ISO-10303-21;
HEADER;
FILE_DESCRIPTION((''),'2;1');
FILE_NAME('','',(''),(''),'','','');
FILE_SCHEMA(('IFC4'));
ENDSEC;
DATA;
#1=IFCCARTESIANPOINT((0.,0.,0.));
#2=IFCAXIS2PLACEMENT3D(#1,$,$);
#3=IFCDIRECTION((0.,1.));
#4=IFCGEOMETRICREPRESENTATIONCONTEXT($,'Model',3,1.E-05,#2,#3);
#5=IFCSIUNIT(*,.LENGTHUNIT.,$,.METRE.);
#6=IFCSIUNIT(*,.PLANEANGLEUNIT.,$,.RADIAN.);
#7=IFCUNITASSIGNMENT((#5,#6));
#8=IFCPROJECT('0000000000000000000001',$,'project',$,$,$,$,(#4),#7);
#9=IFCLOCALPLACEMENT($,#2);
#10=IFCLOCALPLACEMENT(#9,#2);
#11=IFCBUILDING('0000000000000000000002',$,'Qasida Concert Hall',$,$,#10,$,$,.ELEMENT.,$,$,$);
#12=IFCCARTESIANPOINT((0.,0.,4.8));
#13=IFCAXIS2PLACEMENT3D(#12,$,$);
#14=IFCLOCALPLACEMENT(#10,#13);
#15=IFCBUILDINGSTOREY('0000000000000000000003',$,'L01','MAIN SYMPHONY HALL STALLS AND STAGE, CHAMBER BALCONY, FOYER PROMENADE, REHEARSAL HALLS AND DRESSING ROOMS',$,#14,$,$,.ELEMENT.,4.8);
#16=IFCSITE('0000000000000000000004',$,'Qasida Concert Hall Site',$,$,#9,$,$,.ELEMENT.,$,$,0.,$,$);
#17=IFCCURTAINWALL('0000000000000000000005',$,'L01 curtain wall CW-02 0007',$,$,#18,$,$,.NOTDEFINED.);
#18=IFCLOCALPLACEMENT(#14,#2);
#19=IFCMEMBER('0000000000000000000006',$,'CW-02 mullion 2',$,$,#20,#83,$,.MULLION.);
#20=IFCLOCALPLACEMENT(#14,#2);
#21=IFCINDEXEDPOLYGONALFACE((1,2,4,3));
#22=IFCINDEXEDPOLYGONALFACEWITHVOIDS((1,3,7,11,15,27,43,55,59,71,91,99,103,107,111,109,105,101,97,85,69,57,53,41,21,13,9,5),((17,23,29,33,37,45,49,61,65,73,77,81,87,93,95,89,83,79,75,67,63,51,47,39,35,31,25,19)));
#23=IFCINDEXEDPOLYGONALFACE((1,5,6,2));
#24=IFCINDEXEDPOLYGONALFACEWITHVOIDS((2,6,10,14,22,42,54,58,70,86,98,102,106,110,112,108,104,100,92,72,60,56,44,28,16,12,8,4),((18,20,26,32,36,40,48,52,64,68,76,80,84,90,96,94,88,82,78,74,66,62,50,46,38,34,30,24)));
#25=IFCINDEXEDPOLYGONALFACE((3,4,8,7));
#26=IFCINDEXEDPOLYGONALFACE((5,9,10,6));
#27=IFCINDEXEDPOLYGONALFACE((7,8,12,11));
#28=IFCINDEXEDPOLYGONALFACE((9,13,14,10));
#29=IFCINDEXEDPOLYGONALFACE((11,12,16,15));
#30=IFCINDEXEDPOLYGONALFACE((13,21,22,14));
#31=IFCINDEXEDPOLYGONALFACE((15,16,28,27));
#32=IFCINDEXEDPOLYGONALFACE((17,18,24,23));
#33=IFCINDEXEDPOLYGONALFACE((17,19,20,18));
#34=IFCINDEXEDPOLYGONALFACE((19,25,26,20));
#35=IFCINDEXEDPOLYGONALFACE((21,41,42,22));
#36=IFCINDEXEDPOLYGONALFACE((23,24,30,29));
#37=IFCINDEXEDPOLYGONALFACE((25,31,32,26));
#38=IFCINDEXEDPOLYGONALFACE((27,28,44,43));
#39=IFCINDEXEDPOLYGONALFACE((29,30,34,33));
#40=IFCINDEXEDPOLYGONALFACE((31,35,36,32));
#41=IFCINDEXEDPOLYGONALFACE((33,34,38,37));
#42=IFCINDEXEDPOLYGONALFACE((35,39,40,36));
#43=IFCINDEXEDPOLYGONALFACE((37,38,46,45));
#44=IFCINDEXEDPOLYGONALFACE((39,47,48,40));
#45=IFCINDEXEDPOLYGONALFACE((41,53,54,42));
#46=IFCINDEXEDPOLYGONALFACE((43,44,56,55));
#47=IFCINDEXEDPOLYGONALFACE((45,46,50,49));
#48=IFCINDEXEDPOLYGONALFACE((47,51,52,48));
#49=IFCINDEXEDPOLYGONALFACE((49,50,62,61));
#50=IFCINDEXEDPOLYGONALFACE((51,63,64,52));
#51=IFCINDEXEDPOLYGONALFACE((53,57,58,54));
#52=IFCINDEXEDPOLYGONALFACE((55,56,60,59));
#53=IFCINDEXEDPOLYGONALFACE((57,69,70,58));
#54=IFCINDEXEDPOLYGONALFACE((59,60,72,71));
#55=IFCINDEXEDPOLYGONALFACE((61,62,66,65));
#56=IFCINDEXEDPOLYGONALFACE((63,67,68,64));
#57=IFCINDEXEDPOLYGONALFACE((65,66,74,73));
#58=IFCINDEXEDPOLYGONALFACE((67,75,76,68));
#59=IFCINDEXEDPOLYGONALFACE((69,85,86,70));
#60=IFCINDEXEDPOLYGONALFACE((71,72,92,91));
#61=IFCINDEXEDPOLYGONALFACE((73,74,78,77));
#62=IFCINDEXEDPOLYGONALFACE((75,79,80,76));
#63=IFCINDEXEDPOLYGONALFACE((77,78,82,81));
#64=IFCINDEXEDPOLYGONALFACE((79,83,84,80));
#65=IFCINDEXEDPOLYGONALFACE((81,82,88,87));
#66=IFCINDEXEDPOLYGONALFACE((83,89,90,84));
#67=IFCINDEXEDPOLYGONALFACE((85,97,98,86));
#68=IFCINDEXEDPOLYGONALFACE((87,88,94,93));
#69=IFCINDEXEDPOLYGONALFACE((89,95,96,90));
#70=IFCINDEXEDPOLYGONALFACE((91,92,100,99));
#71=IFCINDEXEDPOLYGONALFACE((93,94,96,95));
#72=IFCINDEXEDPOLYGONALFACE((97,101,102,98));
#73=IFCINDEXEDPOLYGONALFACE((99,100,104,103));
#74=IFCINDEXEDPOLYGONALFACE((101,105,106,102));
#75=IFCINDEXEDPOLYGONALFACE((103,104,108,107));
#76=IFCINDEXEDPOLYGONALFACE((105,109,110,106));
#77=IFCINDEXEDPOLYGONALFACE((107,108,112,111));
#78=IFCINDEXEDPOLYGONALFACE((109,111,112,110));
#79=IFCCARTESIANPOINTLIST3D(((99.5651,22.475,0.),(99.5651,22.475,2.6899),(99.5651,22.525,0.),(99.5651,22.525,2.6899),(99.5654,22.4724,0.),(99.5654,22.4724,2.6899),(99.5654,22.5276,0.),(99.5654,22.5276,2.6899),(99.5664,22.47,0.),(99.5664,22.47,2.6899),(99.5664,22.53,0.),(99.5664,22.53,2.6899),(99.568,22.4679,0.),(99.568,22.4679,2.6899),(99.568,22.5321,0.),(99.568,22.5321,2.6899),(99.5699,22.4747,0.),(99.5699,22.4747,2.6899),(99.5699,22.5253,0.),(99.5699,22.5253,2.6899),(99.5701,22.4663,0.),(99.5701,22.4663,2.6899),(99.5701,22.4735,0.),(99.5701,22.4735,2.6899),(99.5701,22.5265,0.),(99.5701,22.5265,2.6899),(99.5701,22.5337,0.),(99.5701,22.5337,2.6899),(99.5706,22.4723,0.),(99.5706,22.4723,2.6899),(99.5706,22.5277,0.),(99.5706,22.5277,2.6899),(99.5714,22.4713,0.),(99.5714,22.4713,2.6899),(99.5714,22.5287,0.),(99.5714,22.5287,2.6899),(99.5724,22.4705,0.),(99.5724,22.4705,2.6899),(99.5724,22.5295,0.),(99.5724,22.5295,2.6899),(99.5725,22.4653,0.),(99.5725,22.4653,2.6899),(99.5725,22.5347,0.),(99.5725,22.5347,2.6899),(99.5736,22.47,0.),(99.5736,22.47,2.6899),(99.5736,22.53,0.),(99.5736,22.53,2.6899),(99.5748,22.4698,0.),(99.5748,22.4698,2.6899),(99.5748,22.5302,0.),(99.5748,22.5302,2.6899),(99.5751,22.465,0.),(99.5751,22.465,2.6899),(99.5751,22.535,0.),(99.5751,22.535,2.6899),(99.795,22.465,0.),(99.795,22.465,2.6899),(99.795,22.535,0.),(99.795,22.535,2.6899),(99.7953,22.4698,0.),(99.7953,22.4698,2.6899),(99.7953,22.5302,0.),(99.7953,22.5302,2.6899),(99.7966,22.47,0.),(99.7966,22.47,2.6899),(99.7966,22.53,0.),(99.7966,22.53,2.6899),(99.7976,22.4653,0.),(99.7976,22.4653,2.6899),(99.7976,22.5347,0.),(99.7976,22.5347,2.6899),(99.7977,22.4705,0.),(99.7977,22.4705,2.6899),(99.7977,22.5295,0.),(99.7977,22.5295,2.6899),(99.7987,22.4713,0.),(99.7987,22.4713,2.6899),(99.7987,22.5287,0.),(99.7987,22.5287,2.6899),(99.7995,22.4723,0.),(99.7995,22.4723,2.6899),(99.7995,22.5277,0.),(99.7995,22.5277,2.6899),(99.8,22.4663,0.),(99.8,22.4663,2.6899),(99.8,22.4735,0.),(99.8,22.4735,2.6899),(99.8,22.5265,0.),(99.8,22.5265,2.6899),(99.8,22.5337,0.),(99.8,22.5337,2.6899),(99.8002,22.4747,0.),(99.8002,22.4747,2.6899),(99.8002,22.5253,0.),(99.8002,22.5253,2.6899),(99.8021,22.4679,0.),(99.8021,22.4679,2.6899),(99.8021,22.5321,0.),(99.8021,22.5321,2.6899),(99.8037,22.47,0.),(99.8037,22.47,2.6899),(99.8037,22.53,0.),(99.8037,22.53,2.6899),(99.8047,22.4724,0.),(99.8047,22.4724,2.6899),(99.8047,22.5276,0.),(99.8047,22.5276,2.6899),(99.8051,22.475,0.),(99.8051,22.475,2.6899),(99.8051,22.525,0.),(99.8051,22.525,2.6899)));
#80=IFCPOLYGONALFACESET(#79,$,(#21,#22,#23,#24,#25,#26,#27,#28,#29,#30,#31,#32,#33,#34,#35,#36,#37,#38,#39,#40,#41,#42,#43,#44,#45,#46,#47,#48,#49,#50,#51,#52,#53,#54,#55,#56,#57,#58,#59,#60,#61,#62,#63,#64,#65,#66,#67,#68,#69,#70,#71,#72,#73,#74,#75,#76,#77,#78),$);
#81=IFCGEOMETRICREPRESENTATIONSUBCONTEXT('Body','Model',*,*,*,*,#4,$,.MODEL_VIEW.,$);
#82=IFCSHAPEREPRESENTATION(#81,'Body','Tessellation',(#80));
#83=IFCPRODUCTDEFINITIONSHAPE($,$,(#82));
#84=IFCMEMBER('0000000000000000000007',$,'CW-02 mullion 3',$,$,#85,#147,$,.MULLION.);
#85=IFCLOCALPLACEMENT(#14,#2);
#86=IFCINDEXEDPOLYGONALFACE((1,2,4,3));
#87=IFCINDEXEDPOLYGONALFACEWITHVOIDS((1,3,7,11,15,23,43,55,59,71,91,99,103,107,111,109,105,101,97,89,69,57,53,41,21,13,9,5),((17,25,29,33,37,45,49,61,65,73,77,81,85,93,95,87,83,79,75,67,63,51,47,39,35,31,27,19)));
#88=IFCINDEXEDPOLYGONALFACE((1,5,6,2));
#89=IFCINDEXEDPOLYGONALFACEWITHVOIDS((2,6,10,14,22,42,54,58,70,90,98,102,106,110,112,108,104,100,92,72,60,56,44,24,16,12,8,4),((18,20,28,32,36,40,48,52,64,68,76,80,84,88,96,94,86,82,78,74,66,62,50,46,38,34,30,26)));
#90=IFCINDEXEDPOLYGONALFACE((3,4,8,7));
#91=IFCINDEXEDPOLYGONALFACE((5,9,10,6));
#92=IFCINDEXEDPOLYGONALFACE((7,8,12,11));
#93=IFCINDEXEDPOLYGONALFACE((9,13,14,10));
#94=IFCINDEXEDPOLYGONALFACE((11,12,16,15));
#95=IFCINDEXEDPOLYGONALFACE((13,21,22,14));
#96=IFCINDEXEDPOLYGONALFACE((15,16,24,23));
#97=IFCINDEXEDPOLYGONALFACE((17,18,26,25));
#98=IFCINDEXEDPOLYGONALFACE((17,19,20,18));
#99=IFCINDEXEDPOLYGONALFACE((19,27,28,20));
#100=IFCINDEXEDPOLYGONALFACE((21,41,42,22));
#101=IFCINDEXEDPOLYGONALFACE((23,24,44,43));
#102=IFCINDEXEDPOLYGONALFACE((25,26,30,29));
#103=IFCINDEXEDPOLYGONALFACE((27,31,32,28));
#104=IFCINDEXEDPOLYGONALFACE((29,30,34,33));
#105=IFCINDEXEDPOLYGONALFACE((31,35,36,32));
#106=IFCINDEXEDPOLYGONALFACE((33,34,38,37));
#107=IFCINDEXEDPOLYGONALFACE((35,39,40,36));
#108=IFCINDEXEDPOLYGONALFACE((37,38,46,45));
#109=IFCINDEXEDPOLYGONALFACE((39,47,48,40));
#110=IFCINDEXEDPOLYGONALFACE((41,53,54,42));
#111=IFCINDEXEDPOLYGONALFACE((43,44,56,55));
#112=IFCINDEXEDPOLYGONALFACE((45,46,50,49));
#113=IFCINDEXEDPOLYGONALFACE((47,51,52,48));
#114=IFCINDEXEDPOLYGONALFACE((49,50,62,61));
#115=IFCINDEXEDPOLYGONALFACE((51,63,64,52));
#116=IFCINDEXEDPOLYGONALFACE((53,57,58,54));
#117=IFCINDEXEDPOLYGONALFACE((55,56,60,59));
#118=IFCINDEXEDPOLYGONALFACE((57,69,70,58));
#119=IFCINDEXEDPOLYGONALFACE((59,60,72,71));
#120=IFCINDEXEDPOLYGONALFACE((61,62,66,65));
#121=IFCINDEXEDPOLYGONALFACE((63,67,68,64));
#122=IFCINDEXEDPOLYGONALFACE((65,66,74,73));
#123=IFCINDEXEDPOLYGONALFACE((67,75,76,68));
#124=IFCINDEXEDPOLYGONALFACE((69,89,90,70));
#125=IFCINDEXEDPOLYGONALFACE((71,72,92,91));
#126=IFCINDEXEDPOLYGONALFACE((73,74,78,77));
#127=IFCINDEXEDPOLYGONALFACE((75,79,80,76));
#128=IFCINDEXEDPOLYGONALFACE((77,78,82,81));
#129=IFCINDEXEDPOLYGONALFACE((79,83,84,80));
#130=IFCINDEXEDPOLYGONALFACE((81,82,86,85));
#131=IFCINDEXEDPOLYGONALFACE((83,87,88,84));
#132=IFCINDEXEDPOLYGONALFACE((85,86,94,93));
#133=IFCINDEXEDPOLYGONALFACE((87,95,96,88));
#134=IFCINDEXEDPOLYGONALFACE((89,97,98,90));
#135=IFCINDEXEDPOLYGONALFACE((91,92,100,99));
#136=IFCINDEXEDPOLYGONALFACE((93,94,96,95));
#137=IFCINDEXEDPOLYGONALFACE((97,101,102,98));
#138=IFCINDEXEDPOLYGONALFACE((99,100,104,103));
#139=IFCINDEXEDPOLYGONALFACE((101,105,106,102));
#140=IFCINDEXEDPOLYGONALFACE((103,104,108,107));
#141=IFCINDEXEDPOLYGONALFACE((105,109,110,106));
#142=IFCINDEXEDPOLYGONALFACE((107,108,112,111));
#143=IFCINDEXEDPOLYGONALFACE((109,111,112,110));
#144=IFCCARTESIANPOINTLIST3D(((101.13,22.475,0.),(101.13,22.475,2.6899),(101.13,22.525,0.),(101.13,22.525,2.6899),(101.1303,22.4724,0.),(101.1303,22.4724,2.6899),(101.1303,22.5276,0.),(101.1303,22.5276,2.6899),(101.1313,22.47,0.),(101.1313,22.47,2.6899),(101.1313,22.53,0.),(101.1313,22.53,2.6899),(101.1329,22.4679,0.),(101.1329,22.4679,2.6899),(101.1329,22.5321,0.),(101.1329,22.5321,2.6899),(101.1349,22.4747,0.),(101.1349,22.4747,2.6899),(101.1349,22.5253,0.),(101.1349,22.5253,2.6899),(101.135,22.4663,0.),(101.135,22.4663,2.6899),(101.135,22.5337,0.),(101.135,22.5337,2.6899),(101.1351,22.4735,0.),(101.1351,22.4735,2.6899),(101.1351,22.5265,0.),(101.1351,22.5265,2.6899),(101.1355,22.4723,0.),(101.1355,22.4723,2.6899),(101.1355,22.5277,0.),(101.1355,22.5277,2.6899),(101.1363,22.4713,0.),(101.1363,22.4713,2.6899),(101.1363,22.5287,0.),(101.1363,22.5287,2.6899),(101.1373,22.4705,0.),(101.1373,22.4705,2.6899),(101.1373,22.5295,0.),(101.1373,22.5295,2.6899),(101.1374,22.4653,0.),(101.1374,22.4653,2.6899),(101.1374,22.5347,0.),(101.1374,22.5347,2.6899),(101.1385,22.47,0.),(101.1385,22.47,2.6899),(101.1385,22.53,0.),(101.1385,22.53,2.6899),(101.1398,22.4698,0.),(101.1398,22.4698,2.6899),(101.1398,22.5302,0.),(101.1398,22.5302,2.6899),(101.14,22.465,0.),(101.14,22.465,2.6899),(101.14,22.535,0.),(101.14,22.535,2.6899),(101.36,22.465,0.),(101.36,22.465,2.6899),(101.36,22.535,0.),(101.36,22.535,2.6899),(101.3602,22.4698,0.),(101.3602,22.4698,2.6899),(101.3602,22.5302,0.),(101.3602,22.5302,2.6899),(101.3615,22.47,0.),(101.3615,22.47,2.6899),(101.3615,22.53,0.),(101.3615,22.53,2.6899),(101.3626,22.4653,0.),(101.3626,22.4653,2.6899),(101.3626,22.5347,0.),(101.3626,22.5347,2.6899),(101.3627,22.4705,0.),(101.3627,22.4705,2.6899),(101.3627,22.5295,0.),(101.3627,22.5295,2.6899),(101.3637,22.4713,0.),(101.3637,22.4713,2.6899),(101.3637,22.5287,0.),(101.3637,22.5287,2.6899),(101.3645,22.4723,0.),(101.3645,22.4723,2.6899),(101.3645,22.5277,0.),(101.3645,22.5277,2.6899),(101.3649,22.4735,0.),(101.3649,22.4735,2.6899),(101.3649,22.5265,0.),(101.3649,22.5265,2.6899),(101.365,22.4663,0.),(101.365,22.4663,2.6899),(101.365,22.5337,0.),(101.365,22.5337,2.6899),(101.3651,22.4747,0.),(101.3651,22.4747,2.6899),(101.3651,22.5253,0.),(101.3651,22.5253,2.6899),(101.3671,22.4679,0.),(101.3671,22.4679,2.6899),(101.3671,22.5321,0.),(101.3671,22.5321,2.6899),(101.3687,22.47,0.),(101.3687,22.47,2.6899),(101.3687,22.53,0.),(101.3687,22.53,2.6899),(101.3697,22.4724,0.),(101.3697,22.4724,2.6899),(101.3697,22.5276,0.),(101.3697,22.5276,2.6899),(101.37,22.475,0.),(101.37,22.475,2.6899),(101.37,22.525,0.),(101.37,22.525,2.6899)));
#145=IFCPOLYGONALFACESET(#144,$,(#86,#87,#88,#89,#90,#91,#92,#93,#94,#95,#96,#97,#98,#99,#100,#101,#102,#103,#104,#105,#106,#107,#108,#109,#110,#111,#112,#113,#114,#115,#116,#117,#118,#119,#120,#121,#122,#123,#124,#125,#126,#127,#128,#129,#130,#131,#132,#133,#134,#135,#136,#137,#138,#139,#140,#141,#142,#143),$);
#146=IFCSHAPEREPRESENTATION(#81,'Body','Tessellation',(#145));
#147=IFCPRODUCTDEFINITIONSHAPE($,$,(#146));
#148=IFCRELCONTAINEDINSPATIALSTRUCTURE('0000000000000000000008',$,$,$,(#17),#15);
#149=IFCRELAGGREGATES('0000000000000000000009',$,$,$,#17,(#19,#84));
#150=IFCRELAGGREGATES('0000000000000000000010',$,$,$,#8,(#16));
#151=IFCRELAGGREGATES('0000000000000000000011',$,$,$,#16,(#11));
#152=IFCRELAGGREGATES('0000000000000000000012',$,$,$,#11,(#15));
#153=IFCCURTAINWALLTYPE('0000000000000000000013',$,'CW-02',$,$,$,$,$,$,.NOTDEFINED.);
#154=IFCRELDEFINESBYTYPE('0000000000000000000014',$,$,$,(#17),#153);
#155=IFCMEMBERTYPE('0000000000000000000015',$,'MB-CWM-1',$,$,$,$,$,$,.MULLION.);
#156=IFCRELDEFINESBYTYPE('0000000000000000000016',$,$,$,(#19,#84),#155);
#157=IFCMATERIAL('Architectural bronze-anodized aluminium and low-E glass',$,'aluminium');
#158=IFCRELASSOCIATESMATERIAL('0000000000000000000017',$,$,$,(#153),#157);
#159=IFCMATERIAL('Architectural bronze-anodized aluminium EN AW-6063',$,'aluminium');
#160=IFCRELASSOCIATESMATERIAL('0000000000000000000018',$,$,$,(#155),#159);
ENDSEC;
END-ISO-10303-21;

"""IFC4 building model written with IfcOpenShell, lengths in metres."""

from ifc_helpers import new_model, si_unit, direction, frame, origin, origin_2d, place, context, subcontext, project, spatial, hollow_rectangle, extrude, material, material_profile, profile_set, type_object, element, aggregate, save


model = new_model("IFC4")

# Units and contexts
model_context = context("Model", 3, precision=1e-05, world=origin(), true_north=direction((0.0, 1.0)))
body_context = subcontext(model_context, "Body", "Model", "MODEL_VIEW")
ifc_project = project(units=[si_unit("LENGTHUNIT", "METRE"), si_unit("PLANEANGLEUNIT", "RADIAN")], contexts=[model_context])

# Site, building, storey
site_placement = place(None, origin())
site = spatial("IfcSite", under=ifc_project, at=site_placement, Name="Qasida Concert Hall Site", CompositionType="ELEMENT", RefElevation=0.0)
building_placement = place(site_placement, origin())
building = spatial("IfcBuilding", under=site, at=building_placement, Name="Qasida Concert Hall", CompositionType="ELEMENT")
storey_placement = place(building_placement, frame((0.0, 0.0, 4.8)))
storey = spatial("IfcBuildingStorey", under=building, at=storey_placement, Name="L01", Description="MAIN SYMPHONY HALL STALLS AND STAGE, CHAMBER BALCONY, FOYER PROMENADE, REHEARSAL HALLS AND DRESSING ROOMS", CompositionType="ELEMENT", Elevation=4.8)

# Curtain wall, members
ifc_material_1 = material(Name="Architectural bronze-anodized aluminium and low-E glass", Category="aluminium")
curtain_wall_type = type_object("IfcCurtainWallType", Name="CW-02", PredefinedType="NOTDEFINED", material=ifc_material_1)
curtain_wall_placement = place(storey_placement, origin())
curtain_wall = element("IfcCurtainWall", 1, at=curtain_wall_placement, inside=storey, type_object=curtain_wall_type, Name="L01 curtain wall CW-02 0007", PredefinedType="NOTDEFINED")
ifc_material_2 = material(Name="Architectural bronze-anodized aluminium EN AW-6063", Category="aluminium")
ifc_material_profile_1 = material_profile(ifc_material_2, hollow_rectangle(XDim=0.0701, YDim=0.24, WallThickness=0.0049, InnerFilletRadius=0.0049, OuterFilletRadius=0.01, at=origin_2d()), Name="CWM 240x70x5")
ifc_profile_set_1 = profile_set([ifc_material_profile_1], Name="Architectural bronze-anodized aluminium EN AW-6063")
member_type_1 = type_object("IfcMemberType", Name="MB-CWM-1", PredefinedType="MULLION", material=ifc_profile_set_1)
member_1_placement = place(storey_placement, frame((99.6851, 22.5, 0.0), z_axis=(0.0, 0.0, 1.0), x_axis=(0.0, 1.0, 0.0)))
member_1 = element("IfcMember", 2, at=member_1_placement, type_object=member_type_1, Name="CW-02 mullion 2", PredefinedType="MULLION", context=body_context, shape_type="SweptSolid", body=[
    extrude(hollow_rectangle(XDim=0.0701, YDim=0.24, WallThickness=0.0049, InnerFilletRadius=0.0049, OuterFilletRadius=0.01, at=origin_2d()), origin(), (0.0, 0.0, 1.0), 2.6899),
])
member_2_placement = place(storey_placement, frame((101.25, 22.5, 0.0), z_axis=(0.0, 0.0, 1.0), x_axis=(0.0, 1.0, 0.0)))
member_2 = element("IfcMember", 3, at=member_2_placement, type_object=member_type_1, Name="CW-02 mullion 3", PredefinedType="MULLION", context=body_context, shape_type="SweptSolid", body=[
    extrude(hollow_rectangle(XDim=0.0701, YDim=0.24, WallThickness=0.0049, InnerFilletRadius=0.0049, OuterFilletRadius=0.01, at=origin_2d()), origin(), (0.0, 0.0, 1.0), 2.6899),
])

aggregate(curtain_wall, [member_1, member_2])

save(model, "model.ifc")
